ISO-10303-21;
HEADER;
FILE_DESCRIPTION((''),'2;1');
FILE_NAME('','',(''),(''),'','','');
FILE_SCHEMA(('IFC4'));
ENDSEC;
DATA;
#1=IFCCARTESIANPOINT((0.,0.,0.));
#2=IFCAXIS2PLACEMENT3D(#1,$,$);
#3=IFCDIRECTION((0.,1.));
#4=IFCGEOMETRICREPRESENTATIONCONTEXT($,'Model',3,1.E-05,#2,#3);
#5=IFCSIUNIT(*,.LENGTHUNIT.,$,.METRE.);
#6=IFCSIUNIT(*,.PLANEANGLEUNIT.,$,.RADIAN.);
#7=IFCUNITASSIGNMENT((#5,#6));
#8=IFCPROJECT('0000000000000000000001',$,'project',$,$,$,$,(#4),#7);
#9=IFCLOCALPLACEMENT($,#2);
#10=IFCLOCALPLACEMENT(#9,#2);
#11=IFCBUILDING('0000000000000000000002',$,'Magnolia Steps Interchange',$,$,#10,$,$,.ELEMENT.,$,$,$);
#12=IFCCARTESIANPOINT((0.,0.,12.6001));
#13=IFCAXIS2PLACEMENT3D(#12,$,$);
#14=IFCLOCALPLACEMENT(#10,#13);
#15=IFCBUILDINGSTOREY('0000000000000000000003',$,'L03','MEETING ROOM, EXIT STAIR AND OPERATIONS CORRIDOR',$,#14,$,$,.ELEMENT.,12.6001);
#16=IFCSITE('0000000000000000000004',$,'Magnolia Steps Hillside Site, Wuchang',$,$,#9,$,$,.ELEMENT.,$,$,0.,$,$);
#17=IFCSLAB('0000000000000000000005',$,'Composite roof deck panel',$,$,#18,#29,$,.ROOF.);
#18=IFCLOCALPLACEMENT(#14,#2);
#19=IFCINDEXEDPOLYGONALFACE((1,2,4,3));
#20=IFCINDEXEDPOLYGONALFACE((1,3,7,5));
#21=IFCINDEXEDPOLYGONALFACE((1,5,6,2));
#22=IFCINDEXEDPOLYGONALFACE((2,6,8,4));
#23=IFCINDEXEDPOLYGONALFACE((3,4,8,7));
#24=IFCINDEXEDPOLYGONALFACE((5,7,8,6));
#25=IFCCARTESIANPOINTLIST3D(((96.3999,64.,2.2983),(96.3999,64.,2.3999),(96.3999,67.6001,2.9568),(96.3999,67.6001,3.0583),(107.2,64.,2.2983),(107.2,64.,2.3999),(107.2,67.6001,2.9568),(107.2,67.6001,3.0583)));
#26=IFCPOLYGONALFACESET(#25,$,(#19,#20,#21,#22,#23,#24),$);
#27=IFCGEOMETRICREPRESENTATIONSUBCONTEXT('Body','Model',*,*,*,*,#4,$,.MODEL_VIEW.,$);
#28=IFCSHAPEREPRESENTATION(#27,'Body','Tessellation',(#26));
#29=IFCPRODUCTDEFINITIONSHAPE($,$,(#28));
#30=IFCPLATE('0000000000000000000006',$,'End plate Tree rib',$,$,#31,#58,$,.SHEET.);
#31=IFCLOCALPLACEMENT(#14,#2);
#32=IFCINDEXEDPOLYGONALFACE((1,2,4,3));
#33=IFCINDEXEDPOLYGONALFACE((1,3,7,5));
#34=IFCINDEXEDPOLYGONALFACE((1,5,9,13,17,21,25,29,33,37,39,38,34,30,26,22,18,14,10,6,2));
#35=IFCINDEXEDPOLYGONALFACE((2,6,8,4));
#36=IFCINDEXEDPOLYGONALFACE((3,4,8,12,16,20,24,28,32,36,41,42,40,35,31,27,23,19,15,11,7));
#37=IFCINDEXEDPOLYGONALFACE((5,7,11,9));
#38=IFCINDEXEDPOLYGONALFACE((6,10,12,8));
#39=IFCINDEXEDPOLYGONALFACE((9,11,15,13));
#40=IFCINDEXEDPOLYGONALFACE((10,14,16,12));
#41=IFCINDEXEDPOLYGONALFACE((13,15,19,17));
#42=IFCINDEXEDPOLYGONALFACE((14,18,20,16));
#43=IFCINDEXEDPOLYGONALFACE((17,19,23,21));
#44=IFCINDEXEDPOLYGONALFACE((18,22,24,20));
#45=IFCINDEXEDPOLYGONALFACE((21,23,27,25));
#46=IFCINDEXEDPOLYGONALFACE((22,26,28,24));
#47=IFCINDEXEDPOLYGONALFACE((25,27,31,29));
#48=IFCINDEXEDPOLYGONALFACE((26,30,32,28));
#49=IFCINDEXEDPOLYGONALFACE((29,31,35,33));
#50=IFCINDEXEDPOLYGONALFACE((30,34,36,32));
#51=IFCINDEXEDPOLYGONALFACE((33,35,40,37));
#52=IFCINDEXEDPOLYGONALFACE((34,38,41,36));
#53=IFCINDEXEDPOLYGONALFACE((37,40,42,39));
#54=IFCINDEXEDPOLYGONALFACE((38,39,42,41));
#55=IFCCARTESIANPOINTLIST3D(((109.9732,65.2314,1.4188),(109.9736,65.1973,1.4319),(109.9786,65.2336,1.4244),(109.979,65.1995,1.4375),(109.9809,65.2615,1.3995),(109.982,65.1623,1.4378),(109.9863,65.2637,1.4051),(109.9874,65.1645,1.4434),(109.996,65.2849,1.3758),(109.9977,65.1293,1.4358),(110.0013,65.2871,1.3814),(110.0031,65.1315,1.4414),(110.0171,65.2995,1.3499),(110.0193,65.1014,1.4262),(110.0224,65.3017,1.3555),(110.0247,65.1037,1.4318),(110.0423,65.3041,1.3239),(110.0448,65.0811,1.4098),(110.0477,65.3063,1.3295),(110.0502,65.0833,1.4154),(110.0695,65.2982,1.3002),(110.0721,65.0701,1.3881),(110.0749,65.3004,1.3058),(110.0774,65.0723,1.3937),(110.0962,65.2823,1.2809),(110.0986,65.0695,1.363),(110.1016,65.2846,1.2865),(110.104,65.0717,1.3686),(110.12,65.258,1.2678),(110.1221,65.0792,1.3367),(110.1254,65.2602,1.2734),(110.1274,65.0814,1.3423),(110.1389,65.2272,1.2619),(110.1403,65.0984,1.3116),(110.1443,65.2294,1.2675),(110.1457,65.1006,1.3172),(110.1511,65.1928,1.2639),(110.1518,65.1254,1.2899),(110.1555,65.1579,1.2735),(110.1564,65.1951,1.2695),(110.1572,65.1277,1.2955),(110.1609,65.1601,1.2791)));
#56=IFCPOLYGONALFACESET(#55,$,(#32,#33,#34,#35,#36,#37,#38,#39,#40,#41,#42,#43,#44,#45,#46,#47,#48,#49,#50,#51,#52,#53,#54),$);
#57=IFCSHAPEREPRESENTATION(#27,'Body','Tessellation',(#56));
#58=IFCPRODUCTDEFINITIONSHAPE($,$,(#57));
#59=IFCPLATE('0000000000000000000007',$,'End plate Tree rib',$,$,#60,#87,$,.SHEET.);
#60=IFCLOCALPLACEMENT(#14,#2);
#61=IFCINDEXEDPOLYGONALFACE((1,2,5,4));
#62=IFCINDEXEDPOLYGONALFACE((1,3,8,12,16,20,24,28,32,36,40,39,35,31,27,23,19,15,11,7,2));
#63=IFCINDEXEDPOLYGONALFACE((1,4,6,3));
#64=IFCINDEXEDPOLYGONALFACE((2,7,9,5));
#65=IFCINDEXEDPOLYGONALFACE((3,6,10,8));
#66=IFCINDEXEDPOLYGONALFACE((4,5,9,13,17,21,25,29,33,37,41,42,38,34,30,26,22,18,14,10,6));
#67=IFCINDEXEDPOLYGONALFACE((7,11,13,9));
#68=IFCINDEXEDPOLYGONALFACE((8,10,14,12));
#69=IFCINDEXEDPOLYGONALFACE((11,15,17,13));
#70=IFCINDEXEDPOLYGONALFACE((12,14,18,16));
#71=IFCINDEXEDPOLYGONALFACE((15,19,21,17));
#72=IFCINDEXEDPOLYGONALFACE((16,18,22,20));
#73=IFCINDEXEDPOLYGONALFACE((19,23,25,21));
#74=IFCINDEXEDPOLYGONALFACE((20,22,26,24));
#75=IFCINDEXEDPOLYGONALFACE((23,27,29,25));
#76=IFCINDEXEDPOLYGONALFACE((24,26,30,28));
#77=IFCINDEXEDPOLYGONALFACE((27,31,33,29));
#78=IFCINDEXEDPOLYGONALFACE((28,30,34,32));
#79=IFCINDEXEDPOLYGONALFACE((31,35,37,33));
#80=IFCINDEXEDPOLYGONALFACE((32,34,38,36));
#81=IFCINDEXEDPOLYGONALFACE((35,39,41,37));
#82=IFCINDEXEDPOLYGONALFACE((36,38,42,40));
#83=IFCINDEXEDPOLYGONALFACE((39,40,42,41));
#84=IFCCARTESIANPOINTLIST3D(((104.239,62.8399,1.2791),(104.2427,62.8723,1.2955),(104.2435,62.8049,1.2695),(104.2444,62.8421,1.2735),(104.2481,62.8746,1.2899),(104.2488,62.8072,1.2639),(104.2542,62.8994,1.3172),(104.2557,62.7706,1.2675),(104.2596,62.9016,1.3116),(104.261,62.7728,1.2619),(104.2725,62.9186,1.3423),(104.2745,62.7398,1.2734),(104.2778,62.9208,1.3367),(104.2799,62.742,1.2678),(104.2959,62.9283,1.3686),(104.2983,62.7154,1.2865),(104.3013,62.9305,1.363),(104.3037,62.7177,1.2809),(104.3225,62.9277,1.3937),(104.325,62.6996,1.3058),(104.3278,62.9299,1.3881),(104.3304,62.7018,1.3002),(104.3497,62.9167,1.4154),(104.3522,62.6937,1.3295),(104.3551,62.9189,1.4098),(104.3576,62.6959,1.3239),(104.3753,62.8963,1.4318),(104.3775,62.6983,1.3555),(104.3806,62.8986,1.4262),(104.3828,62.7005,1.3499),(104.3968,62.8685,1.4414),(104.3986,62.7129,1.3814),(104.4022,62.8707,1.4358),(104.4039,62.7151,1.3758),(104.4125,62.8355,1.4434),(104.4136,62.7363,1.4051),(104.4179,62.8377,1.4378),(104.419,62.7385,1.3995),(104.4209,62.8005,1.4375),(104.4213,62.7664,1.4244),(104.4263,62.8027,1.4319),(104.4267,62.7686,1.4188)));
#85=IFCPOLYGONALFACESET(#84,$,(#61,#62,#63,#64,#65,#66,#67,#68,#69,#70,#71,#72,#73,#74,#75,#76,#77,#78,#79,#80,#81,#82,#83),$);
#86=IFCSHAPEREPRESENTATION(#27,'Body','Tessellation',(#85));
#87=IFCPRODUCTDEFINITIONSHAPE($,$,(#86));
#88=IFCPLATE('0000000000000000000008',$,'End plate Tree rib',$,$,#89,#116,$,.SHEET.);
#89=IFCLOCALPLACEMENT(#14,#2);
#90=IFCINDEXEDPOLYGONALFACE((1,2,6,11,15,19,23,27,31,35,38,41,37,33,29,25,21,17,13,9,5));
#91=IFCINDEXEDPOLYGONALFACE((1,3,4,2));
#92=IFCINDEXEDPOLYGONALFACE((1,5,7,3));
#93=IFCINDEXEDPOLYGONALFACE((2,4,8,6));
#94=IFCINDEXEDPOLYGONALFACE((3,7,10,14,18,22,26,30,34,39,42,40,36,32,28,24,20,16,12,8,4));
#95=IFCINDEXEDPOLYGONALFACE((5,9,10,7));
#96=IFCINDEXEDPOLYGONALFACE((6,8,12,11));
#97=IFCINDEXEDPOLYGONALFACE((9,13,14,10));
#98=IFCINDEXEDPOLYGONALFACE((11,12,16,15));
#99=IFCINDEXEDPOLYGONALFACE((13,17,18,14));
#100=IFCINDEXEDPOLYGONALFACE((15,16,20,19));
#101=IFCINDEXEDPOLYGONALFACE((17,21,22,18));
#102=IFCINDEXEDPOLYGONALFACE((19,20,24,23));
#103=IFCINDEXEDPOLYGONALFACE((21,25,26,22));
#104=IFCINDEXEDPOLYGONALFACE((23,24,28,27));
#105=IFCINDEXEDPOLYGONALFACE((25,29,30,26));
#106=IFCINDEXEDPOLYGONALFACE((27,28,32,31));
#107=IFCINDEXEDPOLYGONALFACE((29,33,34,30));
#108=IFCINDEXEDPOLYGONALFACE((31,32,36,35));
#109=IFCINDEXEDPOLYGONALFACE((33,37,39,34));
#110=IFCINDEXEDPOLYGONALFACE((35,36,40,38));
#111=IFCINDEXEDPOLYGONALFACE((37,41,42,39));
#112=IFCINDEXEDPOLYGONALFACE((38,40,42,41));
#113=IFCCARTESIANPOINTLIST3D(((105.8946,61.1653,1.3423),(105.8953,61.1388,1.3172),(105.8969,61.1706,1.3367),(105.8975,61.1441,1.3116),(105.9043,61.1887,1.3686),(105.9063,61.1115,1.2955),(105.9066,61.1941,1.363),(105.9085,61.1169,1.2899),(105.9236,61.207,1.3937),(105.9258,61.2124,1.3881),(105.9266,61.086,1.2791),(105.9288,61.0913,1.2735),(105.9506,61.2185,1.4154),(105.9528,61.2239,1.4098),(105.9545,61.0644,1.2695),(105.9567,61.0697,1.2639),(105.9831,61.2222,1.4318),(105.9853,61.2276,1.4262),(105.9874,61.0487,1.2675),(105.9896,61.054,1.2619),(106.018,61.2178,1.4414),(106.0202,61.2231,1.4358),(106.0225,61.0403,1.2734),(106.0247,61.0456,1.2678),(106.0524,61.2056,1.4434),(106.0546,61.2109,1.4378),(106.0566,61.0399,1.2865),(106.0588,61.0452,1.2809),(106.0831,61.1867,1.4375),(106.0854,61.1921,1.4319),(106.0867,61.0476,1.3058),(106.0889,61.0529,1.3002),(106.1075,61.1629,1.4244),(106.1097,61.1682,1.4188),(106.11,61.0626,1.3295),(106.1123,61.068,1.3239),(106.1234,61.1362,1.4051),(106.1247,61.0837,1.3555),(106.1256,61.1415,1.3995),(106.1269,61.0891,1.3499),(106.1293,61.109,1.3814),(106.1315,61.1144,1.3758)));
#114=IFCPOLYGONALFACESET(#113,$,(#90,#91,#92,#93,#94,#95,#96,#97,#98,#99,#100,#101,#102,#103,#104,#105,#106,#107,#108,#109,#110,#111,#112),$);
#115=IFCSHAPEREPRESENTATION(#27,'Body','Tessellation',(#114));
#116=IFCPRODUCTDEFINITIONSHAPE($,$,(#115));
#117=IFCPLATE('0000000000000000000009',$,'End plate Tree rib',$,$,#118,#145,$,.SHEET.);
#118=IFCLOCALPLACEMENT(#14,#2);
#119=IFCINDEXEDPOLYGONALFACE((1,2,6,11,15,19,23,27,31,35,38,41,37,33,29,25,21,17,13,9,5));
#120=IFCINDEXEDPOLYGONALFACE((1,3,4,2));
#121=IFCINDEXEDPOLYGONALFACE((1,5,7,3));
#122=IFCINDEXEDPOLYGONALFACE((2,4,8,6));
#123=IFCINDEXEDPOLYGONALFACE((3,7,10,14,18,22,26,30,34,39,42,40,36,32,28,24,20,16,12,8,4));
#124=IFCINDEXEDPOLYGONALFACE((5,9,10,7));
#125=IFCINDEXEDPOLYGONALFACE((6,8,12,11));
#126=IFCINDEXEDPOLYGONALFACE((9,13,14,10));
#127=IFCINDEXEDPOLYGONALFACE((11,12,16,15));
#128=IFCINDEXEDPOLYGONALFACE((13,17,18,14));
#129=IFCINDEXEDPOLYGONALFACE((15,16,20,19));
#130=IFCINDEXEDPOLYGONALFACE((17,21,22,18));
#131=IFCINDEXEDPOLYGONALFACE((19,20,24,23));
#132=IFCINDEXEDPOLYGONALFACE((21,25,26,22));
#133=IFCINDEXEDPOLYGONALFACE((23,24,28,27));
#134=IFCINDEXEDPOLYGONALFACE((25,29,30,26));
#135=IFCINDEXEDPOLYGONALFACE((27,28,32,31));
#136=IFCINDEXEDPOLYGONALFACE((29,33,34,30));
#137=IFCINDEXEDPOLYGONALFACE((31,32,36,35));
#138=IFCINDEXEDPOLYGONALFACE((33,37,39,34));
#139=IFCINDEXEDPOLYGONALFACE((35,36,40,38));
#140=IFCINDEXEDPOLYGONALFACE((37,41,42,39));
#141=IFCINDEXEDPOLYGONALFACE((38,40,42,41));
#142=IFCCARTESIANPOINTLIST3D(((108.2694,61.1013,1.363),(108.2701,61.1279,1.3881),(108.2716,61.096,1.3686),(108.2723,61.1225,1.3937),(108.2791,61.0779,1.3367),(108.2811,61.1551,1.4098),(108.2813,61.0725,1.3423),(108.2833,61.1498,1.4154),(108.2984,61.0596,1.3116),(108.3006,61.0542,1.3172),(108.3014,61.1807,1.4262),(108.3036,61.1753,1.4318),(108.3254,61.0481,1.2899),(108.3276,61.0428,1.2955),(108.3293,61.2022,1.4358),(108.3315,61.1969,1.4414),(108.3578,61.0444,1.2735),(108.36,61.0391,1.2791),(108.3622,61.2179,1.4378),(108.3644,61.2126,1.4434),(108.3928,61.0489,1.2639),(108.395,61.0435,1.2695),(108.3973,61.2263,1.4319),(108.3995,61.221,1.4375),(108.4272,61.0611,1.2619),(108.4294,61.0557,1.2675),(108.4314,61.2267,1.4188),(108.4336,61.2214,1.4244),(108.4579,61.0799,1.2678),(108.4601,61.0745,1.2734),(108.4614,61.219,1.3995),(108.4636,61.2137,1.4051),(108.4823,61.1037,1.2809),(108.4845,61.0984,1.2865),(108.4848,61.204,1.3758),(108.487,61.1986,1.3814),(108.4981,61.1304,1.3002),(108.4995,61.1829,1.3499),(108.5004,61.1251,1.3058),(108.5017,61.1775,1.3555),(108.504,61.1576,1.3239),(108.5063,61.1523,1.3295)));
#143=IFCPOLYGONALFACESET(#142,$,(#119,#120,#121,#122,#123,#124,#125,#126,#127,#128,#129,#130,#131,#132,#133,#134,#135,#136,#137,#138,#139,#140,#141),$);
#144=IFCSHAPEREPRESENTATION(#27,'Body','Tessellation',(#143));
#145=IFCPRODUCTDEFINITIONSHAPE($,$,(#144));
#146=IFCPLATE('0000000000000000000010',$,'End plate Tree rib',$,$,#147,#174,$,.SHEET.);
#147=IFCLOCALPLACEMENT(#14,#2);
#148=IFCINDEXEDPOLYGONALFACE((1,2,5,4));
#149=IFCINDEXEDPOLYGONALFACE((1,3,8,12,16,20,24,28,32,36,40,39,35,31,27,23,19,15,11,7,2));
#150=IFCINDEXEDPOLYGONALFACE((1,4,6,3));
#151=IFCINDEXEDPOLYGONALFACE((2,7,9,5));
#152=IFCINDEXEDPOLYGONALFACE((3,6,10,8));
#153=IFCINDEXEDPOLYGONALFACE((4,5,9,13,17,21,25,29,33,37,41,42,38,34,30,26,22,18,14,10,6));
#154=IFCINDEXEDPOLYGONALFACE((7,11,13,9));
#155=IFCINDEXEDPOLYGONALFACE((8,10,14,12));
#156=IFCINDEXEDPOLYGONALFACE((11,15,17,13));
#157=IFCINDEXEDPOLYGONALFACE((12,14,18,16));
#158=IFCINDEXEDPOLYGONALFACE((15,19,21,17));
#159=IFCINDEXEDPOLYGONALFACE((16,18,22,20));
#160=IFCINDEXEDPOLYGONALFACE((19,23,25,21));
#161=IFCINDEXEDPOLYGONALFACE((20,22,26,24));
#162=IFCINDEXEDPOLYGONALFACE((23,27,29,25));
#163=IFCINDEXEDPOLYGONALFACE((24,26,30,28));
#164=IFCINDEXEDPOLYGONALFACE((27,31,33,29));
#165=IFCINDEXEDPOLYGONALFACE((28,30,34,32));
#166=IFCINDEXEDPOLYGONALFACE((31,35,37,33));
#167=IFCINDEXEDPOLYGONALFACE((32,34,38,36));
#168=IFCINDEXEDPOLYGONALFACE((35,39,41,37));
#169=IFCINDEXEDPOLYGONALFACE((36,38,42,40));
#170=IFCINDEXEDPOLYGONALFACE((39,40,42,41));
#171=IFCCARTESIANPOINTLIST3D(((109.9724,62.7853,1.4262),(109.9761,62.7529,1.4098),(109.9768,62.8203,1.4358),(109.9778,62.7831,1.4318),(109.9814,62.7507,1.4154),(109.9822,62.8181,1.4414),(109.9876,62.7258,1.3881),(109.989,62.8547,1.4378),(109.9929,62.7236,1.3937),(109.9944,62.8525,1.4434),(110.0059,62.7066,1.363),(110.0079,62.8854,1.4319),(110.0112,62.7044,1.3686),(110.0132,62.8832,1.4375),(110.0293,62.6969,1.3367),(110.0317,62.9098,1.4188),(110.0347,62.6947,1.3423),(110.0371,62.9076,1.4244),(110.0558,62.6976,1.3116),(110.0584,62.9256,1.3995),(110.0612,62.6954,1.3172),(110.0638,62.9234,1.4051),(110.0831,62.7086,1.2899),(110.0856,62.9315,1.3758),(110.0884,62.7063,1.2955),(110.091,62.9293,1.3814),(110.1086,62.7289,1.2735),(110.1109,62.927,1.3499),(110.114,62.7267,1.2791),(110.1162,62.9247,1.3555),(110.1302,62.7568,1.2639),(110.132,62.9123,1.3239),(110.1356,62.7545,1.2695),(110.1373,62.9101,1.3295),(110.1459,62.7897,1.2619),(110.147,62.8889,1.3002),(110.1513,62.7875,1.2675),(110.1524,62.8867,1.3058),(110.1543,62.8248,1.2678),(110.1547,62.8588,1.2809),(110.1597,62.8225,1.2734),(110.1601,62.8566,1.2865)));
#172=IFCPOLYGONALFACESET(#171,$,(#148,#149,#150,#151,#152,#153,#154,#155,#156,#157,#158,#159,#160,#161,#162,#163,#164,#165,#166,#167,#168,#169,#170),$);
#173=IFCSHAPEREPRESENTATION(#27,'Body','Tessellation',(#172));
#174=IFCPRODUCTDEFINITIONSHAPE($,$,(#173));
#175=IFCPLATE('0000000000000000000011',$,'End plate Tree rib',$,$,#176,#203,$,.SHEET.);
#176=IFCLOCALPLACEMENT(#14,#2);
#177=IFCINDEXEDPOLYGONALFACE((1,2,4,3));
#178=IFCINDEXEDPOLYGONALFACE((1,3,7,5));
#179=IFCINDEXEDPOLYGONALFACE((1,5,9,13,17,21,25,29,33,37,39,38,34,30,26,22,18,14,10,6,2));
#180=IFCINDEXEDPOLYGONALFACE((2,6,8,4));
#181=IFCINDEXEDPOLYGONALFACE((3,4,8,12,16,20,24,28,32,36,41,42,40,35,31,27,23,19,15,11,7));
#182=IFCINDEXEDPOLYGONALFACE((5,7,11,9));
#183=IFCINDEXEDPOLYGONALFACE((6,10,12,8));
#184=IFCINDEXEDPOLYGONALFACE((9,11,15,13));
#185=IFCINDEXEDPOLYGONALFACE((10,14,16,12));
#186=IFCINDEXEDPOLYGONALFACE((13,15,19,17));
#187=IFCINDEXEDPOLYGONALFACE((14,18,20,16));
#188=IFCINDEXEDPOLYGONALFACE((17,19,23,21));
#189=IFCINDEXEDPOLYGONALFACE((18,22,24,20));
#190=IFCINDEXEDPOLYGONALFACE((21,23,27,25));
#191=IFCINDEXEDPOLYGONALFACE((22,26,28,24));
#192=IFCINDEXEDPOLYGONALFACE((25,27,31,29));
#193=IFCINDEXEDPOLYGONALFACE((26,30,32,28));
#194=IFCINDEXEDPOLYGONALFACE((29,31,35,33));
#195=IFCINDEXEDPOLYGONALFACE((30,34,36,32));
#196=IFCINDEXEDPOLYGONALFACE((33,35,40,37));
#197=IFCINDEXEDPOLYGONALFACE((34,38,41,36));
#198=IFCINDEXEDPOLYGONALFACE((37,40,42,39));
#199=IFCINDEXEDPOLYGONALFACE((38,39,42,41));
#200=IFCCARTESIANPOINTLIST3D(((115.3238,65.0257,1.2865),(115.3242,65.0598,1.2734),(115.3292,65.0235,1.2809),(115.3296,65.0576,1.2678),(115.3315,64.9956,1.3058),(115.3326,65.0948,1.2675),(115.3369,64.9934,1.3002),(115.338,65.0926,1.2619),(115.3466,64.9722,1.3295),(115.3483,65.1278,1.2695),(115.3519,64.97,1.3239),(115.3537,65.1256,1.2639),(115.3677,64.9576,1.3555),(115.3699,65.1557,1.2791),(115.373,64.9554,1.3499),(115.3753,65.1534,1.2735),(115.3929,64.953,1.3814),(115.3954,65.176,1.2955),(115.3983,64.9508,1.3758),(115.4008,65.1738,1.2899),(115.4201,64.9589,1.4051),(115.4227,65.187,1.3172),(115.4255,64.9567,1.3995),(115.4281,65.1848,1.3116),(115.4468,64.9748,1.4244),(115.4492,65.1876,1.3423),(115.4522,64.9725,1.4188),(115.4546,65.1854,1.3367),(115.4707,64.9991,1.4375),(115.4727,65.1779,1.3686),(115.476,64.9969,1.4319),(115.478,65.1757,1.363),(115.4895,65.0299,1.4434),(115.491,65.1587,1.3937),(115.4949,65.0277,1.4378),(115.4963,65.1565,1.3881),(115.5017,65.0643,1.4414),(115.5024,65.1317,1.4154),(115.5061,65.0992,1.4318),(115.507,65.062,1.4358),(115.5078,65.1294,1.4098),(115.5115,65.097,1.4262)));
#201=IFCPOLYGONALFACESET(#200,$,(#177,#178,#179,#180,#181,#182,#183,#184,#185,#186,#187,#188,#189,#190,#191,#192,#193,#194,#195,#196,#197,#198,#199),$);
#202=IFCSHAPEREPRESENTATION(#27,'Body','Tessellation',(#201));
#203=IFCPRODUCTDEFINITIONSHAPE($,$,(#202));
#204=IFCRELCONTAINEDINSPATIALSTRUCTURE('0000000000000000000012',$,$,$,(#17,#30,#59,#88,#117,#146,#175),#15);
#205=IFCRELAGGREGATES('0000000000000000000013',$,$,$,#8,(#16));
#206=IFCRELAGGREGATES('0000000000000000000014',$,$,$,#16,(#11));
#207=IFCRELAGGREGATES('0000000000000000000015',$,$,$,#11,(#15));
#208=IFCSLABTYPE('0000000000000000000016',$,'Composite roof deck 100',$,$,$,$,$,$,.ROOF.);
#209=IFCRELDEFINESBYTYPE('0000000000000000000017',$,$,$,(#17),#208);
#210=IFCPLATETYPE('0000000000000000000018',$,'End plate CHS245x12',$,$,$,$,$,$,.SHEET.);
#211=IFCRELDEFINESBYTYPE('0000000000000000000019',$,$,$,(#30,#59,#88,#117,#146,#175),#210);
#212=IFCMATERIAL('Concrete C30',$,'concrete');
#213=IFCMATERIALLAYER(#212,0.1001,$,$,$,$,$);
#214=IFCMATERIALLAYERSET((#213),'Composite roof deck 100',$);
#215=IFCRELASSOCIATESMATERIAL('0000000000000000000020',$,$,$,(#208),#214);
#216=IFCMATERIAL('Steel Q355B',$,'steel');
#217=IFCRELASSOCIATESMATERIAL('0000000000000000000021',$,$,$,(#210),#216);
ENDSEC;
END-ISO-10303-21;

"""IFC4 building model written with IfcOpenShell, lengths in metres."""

from ifc_helpers import new_model, si_unit, direction, frame, origin, origin_2d, place, context, subcontext, project, spatial, polyline, circle, outline, extrude, material, layer, layer_set, material_profile, profile_set, type_object, element, save


model = new_model("IFC4")

# Units and contexts
model_context = context("Model", 3, precision=1e-05, world=origin(), true_north=direction((0.0, 1.0)))
body_context = subcontext(model_context, "Body", "Model", "MODEL_VIEW")
ifc_project = project(units=[si_unit("LENGTHUNIT", "METRE"), si_unit("PLANEANGLEUNIT", "RADIAN")], contexts=[model_context])

# Site, building, storey
site_placement = place(None, origin())
site = spatial("IfcSite", under=ifc_project, at=site_placement, Name="Magnolia Steps Hillside Site, Wuchang", CompositionType="ELEMENT", RefElevation=0.0)
building_placement = place(site_placement, origin())
building = spatial("IfcBuilding", under=site, at=building_placement, Name="Magnolia Steps Interchange", CompositionType="ELEMENT")
storey_placement = place(building_placement, frame((0.0, 0.0, 12.6001)))
storey = spatial("IfcBuildingStorey", under=building, at=storey_placement, Name="L03", Description="MEETING ROOM, EXIT STAIR AND OPERATIONS CORRIDOR", CompositionType="ELEMENT", Elevation=12.6001)

# Slab
ifc_material_1 = material(Name="Concrete C30", Category="concrete")
ifc_layer = layer(ifc_material_1, 0.1001)
ifc_layer_set = layer_set([ifc_layer], Name="Composite roof deck 100")
slab_type = type_object("IfcSlabType", Name="Composite roof deck 100", PredefinedType="ROOF", material=ifc_layer_set)
for number, where, z_axis, x_axis, name in (
    (1, (107.2, 64.0, 2.3999), (0.0, -0.179913, 0.983683), (0.0, 0.983683, 0.179913), "Composite roof deck panel"),
):
    element("IfcSlab", number, at=place(storey_placement, frame(where, z_axis=z_axis, x_axis=x_axis)), inside=storey, type_object=slab_type, Name=name, PredefinedType="ROOF", context=body_context, shape_type="SweptSolid", body=[
        extrude(outline(polyline([(0.0, 0.0), (3.6598, 0.0), (3.6598, 10.8), (0.0, 10.8), (0.0, 0.0)])), origin(), (-0.179913, 0.0, -0.983683), 0.1016),
    ])

# Plates
ifc_material_2 = material(Name="Steel Q355B", Category="steel")
ifc_material_profile_1 = material_profile(ifc_material_2, circle(Radius=0.1226, at=origin_2d()), Name="End plate CHS245x12")
ifc_profile_set_1 = profile_set([ifc_material_profile_1], Name="Steel Q355B")
plate_type = type_object("IfcPlateType", Name="End plate CHS245x12", PredefinedType="SHEET", material=ifc_profile_set_1)
for number, where, z_axis, x_axis, name in (
    (2, (110.064, 65.1863, 1.3499), (0.664583, 0.275279, 0.694658), (-0.382683, 0.92388, 0.0), "End plate Tree rib"),
    (3, (104.3359, 62.8137, 1.3499), (-0.664583, -0.275279, 0.694658), (0.382683, -0.92388, 0.0), "End plate Tree rib"),
    (4, (106.0137, 61.136, 1.3499), (-0.275279, -0.664583, 0.694658), (0.92388, -0.382683, 0.0), "End plate Tree rib"),
    (5, (108.3862, 61.136, 1.3499), (0.275279, -0.664583, 0.694658), (0.92388, 0.382683, 0.0), "End plate Tree rib"),
    (6, (110.064, 62.8137, 1.3499), (0.664583, -0.275279, 0.694658), (0.382683, 0.92388, 0.0), "End plate Tree rib"),
    (7, (115.4199, 65.0686, 1.3499), (-0.664583, 0.275279, 0.694658), (-0.382683, -0.92388, 0.0), "End plate Tree rib"),
):
    element("IfcPlate", number, at=place(storey_placement, frame(where, z_axis=z_axis, x_axis=x_axis)), inside=storey, type_object=plate_type, Name=name, PredefinedType="SHEET", context=body_context, shape_type="SweptSolid", body=[
        extrude(circle(Radius=0.1226, at=origin_2d()), origin(), (0.0, 0.0, 1.0), 0.0081),
    ])

save(model, "model.ifc")
